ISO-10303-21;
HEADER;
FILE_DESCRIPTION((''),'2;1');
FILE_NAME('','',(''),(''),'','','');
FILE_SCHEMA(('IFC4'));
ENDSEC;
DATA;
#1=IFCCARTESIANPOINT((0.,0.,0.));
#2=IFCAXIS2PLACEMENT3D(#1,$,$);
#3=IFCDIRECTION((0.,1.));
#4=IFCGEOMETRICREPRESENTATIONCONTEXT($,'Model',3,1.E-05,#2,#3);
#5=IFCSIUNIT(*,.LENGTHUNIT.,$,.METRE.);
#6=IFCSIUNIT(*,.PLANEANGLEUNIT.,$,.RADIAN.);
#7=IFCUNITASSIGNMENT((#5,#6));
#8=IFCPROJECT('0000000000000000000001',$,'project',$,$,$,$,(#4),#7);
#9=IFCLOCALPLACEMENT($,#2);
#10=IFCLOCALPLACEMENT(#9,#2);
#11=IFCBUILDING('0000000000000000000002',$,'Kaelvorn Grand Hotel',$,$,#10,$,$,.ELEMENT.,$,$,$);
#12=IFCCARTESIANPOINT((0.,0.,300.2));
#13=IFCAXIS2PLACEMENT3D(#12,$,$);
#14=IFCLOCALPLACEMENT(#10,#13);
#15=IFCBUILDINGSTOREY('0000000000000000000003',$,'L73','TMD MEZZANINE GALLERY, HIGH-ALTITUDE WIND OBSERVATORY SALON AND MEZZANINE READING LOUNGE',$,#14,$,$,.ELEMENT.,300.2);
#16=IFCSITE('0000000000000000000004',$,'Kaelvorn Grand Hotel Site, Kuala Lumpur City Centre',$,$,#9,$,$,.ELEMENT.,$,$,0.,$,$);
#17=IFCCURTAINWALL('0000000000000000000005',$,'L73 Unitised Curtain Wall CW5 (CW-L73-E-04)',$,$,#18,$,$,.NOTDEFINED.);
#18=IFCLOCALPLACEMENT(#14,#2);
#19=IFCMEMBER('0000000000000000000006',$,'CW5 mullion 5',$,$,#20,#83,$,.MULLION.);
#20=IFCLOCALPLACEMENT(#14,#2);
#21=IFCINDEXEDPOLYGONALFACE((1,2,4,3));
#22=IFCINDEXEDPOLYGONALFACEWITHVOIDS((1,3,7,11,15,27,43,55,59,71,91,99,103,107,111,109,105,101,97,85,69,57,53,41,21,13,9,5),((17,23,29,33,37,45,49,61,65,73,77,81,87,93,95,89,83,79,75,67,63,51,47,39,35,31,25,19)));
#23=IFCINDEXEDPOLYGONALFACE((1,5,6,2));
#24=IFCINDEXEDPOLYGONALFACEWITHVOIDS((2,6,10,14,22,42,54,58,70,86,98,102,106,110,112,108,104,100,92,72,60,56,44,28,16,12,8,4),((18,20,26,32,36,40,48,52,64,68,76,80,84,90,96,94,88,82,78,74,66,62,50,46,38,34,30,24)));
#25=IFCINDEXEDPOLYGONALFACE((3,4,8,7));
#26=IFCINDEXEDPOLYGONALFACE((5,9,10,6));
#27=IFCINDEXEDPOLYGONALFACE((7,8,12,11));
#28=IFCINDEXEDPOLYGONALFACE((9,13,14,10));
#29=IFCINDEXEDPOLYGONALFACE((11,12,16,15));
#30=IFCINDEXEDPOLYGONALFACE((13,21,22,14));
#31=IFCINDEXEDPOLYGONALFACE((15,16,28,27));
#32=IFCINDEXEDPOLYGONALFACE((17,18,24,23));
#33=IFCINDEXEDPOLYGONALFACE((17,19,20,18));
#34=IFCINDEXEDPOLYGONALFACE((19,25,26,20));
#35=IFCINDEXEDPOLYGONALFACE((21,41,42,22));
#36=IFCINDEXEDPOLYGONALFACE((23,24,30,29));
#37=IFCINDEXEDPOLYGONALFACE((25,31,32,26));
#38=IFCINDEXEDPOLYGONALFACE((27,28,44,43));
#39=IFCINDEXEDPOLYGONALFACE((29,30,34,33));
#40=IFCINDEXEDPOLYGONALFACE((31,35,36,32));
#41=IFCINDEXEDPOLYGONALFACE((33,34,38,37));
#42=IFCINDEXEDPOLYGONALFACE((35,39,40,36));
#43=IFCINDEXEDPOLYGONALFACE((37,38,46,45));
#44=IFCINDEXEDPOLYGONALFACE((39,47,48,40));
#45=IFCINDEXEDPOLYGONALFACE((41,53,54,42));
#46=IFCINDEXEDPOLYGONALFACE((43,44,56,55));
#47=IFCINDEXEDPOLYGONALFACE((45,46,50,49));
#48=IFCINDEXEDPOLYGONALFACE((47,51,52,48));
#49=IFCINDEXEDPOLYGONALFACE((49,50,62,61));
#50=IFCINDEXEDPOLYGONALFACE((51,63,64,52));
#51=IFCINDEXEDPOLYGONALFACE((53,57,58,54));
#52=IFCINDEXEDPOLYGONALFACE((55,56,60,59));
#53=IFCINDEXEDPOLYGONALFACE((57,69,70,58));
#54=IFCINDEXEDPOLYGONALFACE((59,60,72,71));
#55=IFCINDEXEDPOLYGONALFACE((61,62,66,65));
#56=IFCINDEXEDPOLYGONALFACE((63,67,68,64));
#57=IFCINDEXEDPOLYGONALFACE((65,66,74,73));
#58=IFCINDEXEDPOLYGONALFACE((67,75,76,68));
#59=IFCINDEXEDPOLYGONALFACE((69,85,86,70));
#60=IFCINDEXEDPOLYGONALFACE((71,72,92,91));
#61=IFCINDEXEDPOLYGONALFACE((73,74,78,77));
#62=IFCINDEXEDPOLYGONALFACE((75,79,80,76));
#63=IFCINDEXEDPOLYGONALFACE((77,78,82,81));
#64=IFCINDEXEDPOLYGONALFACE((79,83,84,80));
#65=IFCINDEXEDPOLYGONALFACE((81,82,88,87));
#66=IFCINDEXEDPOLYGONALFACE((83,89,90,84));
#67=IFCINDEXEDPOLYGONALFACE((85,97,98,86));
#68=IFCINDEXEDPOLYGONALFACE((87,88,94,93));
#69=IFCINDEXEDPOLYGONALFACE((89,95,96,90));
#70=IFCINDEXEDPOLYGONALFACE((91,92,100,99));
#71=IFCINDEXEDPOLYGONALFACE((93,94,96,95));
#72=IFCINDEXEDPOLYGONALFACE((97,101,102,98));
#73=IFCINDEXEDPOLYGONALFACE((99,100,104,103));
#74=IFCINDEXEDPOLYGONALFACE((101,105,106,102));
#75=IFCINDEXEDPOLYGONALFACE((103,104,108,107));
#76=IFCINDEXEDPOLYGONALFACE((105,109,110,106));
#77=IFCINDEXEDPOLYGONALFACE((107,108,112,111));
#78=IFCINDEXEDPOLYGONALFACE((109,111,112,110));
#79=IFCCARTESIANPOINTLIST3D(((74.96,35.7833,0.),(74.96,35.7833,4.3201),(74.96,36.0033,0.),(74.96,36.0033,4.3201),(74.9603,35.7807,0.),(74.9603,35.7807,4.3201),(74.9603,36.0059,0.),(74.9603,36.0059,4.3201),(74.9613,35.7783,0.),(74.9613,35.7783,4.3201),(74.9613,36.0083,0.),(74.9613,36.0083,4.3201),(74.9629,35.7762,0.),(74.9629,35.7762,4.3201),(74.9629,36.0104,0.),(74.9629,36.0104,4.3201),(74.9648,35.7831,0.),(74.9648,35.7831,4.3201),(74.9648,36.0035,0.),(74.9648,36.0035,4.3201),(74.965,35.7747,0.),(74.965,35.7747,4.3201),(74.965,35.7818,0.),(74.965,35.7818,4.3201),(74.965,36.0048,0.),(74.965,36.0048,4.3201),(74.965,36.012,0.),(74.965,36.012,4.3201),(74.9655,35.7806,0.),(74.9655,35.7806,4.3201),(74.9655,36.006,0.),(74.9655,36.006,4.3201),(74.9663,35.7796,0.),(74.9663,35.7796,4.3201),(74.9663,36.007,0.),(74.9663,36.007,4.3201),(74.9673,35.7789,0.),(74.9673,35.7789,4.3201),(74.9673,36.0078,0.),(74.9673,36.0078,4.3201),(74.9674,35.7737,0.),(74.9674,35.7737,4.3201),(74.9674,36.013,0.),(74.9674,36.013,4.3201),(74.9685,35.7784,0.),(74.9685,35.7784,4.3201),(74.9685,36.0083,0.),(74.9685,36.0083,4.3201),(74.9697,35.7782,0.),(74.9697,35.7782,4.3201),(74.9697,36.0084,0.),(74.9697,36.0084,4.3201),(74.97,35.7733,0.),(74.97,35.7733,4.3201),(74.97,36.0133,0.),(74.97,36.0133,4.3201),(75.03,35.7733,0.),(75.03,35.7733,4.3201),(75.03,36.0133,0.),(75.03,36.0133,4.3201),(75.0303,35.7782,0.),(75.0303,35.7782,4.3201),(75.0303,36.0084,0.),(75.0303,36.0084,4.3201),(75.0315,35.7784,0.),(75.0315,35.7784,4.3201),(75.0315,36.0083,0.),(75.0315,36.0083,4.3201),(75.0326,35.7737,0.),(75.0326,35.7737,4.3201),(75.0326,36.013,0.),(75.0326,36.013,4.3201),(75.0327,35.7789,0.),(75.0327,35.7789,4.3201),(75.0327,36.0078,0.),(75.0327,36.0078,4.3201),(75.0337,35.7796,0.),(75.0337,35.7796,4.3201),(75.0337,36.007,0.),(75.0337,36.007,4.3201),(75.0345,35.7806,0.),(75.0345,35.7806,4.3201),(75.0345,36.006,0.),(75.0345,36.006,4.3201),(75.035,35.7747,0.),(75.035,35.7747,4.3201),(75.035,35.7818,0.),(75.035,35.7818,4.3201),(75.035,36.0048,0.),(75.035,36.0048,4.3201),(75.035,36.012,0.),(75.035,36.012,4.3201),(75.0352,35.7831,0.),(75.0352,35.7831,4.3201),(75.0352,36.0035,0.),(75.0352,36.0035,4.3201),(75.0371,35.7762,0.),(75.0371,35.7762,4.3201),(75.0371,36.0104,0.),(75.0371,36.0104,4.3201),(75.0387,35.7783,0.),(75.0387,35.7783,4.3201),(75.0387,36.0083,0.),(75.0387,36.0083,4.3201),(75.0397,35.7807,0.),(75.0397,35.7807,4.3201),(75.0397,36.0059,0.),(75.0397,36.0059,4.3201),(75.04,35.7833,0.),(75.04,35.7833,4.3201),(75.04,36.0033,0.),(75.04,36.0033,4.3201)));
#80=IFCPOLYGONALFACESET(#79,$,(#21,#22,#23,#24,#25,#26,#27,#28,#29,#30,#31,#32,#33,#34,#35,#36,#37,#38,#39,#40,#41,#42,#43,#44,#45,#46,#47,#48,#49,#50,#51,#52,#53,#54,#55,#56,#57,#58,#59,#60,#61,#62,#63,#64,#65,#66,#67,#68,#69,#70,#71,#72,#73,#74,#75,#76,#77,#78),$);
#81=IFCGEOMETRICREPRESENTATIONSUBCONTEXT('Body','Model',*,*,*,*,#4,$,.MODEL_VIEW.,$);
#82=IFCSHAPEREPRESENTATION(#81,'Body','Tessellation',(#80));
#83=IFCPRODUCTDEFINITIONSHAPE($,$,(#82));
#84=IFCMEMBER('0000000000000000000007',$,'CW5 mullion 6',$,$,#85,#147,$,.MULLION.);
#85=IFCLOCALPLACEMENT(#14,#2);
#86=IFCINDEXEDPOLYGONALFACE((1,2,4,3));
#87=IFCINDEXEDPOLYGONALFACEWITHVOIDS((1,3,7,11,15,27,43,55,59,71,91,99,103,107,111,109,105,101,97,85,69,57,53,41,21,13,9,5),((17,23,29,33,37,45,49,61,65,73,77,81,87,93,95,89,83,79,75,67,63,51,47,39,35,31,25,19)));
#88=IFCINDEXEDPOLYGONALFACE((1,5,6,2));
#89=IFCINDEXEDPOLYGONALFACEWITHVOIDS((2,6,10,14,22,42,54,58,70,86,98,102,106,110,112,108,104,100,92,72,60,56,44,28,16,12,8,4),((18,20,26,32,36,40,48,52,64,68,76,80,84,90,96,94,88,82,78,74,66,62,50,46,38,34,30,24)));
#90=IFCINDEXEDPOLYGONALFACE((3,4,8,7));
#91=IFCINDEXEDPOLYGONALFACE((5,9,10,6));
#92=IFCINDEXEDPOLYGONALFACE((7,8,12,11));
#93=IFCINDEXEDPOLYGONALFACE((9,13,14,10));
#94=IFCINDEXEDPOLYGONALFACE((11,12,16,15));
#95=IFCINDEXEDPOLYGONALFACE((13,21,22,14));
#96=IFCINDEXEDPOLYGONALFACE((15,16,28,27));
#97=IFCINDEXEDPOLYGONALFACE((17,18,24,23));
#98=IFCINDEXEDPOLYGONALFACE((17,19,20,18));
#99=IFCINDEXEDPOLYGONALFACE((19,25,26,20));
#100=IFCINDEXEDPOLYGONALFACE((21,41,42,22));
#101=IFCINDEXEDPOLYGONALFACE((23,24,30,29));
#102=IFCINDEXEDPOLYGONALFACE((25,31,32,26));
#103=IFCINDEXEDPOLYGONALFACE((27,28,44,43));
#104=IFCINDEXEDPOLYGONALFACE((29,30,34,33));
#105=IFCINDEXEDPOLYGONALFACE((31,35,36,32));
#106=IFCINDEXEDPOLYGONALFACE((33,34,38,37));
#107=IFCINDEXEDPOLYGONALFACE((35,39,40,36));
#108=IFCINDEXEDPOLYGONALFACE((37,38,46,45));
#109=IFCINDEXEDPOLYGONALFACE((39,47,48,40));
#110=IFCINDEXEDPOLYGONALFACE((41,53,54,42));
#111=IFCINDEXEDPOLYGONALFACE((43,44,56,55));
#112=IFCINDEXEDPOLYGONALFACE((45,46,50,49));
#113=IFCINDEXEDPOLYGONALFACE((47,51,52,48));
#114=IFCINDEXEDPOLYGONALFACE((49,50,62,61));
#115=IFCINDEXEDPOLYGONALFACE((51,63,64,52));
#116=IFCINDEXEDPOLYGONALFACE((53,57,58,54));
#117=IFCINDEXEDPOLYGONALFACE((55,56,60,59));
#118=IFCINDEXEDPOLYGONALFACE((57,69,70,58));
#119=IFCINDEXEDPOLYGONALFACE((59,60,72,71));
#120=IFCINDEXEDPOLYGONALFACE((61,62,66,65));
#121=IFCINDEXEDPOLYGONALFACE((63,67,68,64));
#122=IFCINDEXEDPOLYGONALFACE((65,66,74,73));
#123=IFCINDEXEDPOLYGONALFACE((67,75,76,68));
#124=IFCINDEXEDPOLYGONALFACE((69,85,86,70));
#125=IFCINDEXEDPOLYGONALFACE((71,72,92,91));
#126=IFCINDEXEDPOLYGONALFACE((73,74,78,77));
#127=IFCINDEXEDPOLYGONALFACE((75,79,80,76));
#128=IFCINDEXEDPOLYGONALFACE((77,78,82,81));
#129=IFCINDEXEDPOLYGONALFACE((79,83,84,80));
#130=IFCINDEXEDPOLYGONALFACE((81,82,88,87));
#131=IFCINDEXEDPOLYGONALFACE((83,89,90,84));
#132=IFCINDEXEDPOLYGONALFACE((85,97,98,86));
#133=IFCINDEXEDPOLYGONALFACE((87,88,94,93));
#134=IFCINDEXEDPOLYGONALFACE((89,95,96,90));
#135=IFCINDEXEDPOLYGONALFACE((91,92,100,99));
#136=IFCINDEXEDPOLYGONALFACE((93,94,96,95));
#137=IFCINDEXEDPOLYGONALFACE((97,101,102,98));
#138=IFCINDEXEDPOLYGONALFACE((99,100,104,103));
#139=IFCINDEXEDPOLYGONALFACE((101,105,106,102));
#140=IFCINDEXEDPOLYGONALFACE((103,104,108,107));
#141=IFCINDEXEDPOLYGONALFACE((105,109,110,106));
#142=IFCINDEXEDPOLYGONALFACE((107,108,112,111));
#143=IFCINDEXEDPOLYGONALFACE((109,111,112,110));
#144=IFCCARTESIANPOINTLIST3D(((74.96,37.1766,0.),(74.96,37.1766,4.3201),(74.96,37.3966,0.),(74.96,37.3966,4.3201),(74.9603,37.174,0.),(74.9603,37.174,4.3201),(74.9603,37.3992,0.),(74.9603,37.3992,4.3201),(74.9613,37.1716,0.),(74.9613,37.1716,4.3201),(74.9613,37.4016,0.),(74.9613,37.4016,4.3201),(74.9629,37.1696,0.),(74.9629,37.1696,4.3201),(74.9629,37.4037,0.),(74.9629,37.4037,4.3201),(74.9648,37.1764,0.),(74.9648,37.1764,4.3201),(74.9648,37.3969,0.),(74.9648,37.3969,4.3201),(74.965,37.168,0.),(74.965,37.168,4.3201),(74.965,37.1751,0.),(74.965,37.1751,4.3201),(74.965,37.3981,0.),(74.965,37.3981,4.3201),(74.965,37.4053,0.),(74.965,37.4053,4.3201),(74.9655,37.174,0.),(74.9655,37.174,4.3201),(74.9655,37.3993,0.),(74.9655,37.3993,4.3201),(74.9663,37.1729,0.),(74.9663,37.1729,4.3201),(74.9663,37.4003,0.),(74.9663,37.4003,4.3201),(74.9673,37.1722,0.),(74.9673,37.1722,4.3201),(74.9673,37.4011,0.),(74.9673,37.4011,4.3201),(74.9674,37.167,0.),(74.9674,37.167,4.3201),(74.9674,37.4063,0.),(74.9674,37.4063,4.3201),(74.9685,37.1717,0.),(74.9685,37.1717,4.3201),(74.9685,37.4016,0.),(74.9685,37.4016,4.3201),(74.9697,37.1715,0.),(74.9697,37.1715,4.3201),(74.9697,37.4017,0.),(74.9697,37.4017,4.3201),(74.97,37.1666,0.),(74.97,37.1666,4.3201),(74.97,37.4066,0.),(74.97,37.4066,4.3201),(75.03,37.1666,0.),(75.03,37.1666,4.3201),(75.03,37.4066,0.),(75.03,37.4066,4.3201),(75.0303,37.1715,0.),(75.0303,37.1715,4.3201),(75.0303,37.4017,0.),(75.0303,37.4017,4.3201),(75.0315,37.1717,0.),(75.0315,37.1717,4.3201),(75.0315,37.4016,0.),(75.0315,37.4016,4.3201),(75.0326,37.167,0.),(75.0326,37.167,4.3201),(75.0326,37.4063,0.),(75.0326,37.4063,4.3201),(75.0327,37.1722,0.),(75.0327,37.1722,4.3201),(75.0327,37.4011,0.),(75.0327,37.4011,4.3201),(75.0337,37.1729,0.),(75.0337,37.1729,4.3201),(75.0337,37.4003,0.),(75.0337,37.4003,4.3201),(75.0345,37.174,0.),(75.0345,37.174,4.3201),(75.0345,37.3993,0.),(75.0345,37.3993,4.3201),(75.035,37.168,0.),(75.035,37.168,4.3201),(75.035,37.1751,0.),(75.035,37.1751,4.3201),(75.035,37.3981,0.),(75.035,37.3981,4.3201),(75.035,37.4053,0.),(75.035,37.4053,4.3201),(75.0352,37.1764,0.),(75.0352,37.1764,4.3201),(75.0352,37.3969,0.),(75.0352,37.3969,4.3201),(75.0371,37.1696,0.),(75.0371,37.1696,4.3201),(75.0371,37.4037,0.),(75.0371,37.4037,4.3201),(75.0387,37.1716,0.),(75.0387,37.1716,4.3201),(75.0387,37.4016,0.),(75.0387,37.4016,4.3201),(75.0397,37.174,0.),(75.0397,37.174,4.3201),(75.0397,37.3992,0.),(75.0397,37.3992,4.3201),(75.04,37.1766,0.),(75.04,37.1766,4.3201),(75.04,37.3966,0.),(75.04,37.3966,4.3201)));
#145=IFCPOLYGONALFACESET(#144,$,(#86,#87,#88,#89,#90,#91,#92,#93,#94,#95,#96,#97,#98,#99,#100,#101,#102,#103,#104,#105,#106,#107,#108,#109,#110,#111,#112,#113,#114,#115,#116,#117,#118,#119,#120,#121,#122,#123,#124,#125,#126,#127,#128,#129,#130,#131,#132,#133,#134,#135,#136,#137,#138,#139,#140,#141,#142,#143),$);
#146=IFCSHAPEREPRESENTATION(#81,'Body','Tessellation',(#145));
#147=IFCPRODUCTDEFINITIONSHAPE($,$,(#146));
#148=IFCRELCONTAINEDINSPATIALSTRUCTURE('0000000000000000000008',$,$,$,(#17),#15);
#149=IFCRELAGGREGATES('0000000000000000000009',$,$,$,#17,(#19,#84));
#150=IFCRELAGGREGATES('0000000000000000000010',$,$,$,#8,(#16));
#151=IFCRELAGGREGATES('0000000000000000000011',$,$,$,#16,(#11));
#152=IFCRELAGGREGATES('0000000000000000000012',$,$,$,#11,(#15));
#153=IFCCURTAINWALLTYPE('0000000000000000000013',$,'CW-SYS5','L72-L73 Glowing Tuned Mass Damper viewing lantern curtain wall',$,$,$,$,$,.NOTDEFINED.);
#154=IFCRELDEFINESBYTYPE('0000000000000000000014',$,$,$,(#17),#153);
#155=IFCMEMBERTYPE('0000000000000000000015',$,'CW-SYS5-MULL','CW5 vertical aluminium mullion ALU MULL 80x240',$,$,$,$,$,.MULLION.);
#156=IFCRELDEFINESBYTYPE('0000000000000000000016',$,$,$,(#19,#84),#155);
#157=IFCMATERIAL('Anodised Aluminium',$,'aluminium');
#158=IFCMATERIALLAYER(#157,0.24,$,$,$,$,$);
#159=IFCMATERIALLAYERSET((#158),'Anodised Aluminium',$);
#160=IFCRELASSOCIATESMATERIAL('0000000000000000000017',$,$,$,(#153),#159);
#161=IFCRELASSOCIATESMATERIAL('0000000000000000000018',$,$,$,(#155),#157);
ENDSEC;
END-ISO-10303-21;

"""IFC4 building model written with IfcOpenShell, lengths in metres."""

from ifc_helpers import new_model, si_unit, direction, frame, origin, origin_2d, place, context, subcontext, project, spatial, hollow_rectangle, extrude, material, layer, layer_set, material_profile, profile_set, type_object, element, aggregate, save


model = new_model("IFC4")

# Units and contexts
model_context = context("Model", 3, precision=1e-05, world=origin(), true_north=direction((0.0, 1.0)))
body_context = subcontext(model_context, "Body", "Model", "MODEL_VIEW")
ifc_project = project(units=[si_unit("LENGTHUNIT", "METRE"), si_unit("PLANEANGLEUNIT", "RADIAN")], contexts=[model_context])

# Site, building, storey
site_placement = place(None, origin())
site = spatial("IfcSite", under=ifc_project, at=site_placement, Name="Kaelvorn Grand Hotel Site, Kuala Lumpur City Centre", CompositionType="ELEMENT", RefElevation=0.0)
building_placement = place(site_placement, origin())
building = spatial("IfcBuilding", under=site, at=building_placement, Name="Kaelvorn Grand Hotel", CompositionType="ELEMENT")
storey_placement = place(building_placement, frame((0.0, 0.0, 300.2)))
storey = spatial("IfcBuildingStorey", under=building, at=storey_placement, Name="L73", Description="TMD MEZZANINE GALLERY, HIGH-ALTITUDE WIND OBSERVATORY SALON AND MEZZANINE READING LOUNGE", CompositionType="ELEMENT", Elevation=300.2)

# Curtain wall, members
ifc_material_1 = material(Name="Anodised Aluminium", Category="aluminium")
ifc_layer_1 = layer(ifc_material_1, 0.24)
ifc_layer_set_1 = layer_set([ifc_layer_1], Name="Anodised Aluminium")
curtain_wall_type = type_object("IfcCurtainWallType", Name="CW-SYS5", Description="L72-L73 Glowing Tuned Mass Damper viewing lantern curtain wall", PredefinedType="NOTDEFINED", material=ifc_layer_set_1)
curtain_wall_placement = place(storey_placement, origin())
curtain_wall = element("IfcCurtainWall", 1, at=curtain_wall_placement, inside=storey, type_object=curtain_wall_type, Name="L73 Unitised Curtain Wall CW5 (CW-L73-E-04)", PredefinedType="NOTDEFINED")
ifc_material_profile_1 = material_profile(ifc_material_1, hollow_rectangle(XDim=0.0801, YDim=0.24, WallThickness=0.0049, InnerFilletRadius=0.0049, OuterFilletRadius=0.01, at=origin_2d()), Name="ALU MULL 80x240")
ifc_profile_set_1 = profile_set([ifc_material_profile_1], Name="Anodised Aluminium")
member_type_1 = type_object("IfcMemberType", Name="CW-SYS5-MULL", Description="CW5 vertical aluminium mullion ALU MULL 80x240", PredefinedType="MULLION", material=ifc_profile_set_1)
member_1_placement = place(storey_placement, frame((75.0, 35.8933, 0.0), z_axis=(0.0, 0.0, 1.0), x_axis=(-1.0, 0.0, 0.0)))
member_1 = element("IfcMember", 2, at=member_1_placement, type_object=member_type_1, Name="CW5 mullion 5", PredefinedType="MULLION", context=body_context, shape_type="SweptSolid", body=[
    extrude(hollow_rectangle(XDim=0.0801, YDim=0.24, WallThickness=0.0049, InnerFilletRadius=0.0049, OuterFilletRadius=0.01, at=origin_2d()), origin(), (0.0, 0.0, 1.0), 4.3201),
])
member_2_placement = place(storey_placement, frame((75.0, 37.2866, 0.0), z_axis=(0.0, 0.0, 1.0), x_axis=(-1.0, 0.0, 0.0)))
member_2 = element("IfcMember", 3, at=member_2_placement, type_object=member_type_1, Name="CW5 mullion 6", PredefinedType="MULLION", context=body_context, shape_type="SweptSolid", body=[
    extrude(hollow_rectangle(XDim=0.0801, YDim=0.24, WallThickness=0.0049, InnerFilletRadius=0.0049, OuterFilletRadius=0.01, at=origin_2d()), origin(), (0.0, 0.0, 1.0), 4.3201),
])
aggregate(curtain_wall, [member_1, member_2])

save(model, "model.ifc")
